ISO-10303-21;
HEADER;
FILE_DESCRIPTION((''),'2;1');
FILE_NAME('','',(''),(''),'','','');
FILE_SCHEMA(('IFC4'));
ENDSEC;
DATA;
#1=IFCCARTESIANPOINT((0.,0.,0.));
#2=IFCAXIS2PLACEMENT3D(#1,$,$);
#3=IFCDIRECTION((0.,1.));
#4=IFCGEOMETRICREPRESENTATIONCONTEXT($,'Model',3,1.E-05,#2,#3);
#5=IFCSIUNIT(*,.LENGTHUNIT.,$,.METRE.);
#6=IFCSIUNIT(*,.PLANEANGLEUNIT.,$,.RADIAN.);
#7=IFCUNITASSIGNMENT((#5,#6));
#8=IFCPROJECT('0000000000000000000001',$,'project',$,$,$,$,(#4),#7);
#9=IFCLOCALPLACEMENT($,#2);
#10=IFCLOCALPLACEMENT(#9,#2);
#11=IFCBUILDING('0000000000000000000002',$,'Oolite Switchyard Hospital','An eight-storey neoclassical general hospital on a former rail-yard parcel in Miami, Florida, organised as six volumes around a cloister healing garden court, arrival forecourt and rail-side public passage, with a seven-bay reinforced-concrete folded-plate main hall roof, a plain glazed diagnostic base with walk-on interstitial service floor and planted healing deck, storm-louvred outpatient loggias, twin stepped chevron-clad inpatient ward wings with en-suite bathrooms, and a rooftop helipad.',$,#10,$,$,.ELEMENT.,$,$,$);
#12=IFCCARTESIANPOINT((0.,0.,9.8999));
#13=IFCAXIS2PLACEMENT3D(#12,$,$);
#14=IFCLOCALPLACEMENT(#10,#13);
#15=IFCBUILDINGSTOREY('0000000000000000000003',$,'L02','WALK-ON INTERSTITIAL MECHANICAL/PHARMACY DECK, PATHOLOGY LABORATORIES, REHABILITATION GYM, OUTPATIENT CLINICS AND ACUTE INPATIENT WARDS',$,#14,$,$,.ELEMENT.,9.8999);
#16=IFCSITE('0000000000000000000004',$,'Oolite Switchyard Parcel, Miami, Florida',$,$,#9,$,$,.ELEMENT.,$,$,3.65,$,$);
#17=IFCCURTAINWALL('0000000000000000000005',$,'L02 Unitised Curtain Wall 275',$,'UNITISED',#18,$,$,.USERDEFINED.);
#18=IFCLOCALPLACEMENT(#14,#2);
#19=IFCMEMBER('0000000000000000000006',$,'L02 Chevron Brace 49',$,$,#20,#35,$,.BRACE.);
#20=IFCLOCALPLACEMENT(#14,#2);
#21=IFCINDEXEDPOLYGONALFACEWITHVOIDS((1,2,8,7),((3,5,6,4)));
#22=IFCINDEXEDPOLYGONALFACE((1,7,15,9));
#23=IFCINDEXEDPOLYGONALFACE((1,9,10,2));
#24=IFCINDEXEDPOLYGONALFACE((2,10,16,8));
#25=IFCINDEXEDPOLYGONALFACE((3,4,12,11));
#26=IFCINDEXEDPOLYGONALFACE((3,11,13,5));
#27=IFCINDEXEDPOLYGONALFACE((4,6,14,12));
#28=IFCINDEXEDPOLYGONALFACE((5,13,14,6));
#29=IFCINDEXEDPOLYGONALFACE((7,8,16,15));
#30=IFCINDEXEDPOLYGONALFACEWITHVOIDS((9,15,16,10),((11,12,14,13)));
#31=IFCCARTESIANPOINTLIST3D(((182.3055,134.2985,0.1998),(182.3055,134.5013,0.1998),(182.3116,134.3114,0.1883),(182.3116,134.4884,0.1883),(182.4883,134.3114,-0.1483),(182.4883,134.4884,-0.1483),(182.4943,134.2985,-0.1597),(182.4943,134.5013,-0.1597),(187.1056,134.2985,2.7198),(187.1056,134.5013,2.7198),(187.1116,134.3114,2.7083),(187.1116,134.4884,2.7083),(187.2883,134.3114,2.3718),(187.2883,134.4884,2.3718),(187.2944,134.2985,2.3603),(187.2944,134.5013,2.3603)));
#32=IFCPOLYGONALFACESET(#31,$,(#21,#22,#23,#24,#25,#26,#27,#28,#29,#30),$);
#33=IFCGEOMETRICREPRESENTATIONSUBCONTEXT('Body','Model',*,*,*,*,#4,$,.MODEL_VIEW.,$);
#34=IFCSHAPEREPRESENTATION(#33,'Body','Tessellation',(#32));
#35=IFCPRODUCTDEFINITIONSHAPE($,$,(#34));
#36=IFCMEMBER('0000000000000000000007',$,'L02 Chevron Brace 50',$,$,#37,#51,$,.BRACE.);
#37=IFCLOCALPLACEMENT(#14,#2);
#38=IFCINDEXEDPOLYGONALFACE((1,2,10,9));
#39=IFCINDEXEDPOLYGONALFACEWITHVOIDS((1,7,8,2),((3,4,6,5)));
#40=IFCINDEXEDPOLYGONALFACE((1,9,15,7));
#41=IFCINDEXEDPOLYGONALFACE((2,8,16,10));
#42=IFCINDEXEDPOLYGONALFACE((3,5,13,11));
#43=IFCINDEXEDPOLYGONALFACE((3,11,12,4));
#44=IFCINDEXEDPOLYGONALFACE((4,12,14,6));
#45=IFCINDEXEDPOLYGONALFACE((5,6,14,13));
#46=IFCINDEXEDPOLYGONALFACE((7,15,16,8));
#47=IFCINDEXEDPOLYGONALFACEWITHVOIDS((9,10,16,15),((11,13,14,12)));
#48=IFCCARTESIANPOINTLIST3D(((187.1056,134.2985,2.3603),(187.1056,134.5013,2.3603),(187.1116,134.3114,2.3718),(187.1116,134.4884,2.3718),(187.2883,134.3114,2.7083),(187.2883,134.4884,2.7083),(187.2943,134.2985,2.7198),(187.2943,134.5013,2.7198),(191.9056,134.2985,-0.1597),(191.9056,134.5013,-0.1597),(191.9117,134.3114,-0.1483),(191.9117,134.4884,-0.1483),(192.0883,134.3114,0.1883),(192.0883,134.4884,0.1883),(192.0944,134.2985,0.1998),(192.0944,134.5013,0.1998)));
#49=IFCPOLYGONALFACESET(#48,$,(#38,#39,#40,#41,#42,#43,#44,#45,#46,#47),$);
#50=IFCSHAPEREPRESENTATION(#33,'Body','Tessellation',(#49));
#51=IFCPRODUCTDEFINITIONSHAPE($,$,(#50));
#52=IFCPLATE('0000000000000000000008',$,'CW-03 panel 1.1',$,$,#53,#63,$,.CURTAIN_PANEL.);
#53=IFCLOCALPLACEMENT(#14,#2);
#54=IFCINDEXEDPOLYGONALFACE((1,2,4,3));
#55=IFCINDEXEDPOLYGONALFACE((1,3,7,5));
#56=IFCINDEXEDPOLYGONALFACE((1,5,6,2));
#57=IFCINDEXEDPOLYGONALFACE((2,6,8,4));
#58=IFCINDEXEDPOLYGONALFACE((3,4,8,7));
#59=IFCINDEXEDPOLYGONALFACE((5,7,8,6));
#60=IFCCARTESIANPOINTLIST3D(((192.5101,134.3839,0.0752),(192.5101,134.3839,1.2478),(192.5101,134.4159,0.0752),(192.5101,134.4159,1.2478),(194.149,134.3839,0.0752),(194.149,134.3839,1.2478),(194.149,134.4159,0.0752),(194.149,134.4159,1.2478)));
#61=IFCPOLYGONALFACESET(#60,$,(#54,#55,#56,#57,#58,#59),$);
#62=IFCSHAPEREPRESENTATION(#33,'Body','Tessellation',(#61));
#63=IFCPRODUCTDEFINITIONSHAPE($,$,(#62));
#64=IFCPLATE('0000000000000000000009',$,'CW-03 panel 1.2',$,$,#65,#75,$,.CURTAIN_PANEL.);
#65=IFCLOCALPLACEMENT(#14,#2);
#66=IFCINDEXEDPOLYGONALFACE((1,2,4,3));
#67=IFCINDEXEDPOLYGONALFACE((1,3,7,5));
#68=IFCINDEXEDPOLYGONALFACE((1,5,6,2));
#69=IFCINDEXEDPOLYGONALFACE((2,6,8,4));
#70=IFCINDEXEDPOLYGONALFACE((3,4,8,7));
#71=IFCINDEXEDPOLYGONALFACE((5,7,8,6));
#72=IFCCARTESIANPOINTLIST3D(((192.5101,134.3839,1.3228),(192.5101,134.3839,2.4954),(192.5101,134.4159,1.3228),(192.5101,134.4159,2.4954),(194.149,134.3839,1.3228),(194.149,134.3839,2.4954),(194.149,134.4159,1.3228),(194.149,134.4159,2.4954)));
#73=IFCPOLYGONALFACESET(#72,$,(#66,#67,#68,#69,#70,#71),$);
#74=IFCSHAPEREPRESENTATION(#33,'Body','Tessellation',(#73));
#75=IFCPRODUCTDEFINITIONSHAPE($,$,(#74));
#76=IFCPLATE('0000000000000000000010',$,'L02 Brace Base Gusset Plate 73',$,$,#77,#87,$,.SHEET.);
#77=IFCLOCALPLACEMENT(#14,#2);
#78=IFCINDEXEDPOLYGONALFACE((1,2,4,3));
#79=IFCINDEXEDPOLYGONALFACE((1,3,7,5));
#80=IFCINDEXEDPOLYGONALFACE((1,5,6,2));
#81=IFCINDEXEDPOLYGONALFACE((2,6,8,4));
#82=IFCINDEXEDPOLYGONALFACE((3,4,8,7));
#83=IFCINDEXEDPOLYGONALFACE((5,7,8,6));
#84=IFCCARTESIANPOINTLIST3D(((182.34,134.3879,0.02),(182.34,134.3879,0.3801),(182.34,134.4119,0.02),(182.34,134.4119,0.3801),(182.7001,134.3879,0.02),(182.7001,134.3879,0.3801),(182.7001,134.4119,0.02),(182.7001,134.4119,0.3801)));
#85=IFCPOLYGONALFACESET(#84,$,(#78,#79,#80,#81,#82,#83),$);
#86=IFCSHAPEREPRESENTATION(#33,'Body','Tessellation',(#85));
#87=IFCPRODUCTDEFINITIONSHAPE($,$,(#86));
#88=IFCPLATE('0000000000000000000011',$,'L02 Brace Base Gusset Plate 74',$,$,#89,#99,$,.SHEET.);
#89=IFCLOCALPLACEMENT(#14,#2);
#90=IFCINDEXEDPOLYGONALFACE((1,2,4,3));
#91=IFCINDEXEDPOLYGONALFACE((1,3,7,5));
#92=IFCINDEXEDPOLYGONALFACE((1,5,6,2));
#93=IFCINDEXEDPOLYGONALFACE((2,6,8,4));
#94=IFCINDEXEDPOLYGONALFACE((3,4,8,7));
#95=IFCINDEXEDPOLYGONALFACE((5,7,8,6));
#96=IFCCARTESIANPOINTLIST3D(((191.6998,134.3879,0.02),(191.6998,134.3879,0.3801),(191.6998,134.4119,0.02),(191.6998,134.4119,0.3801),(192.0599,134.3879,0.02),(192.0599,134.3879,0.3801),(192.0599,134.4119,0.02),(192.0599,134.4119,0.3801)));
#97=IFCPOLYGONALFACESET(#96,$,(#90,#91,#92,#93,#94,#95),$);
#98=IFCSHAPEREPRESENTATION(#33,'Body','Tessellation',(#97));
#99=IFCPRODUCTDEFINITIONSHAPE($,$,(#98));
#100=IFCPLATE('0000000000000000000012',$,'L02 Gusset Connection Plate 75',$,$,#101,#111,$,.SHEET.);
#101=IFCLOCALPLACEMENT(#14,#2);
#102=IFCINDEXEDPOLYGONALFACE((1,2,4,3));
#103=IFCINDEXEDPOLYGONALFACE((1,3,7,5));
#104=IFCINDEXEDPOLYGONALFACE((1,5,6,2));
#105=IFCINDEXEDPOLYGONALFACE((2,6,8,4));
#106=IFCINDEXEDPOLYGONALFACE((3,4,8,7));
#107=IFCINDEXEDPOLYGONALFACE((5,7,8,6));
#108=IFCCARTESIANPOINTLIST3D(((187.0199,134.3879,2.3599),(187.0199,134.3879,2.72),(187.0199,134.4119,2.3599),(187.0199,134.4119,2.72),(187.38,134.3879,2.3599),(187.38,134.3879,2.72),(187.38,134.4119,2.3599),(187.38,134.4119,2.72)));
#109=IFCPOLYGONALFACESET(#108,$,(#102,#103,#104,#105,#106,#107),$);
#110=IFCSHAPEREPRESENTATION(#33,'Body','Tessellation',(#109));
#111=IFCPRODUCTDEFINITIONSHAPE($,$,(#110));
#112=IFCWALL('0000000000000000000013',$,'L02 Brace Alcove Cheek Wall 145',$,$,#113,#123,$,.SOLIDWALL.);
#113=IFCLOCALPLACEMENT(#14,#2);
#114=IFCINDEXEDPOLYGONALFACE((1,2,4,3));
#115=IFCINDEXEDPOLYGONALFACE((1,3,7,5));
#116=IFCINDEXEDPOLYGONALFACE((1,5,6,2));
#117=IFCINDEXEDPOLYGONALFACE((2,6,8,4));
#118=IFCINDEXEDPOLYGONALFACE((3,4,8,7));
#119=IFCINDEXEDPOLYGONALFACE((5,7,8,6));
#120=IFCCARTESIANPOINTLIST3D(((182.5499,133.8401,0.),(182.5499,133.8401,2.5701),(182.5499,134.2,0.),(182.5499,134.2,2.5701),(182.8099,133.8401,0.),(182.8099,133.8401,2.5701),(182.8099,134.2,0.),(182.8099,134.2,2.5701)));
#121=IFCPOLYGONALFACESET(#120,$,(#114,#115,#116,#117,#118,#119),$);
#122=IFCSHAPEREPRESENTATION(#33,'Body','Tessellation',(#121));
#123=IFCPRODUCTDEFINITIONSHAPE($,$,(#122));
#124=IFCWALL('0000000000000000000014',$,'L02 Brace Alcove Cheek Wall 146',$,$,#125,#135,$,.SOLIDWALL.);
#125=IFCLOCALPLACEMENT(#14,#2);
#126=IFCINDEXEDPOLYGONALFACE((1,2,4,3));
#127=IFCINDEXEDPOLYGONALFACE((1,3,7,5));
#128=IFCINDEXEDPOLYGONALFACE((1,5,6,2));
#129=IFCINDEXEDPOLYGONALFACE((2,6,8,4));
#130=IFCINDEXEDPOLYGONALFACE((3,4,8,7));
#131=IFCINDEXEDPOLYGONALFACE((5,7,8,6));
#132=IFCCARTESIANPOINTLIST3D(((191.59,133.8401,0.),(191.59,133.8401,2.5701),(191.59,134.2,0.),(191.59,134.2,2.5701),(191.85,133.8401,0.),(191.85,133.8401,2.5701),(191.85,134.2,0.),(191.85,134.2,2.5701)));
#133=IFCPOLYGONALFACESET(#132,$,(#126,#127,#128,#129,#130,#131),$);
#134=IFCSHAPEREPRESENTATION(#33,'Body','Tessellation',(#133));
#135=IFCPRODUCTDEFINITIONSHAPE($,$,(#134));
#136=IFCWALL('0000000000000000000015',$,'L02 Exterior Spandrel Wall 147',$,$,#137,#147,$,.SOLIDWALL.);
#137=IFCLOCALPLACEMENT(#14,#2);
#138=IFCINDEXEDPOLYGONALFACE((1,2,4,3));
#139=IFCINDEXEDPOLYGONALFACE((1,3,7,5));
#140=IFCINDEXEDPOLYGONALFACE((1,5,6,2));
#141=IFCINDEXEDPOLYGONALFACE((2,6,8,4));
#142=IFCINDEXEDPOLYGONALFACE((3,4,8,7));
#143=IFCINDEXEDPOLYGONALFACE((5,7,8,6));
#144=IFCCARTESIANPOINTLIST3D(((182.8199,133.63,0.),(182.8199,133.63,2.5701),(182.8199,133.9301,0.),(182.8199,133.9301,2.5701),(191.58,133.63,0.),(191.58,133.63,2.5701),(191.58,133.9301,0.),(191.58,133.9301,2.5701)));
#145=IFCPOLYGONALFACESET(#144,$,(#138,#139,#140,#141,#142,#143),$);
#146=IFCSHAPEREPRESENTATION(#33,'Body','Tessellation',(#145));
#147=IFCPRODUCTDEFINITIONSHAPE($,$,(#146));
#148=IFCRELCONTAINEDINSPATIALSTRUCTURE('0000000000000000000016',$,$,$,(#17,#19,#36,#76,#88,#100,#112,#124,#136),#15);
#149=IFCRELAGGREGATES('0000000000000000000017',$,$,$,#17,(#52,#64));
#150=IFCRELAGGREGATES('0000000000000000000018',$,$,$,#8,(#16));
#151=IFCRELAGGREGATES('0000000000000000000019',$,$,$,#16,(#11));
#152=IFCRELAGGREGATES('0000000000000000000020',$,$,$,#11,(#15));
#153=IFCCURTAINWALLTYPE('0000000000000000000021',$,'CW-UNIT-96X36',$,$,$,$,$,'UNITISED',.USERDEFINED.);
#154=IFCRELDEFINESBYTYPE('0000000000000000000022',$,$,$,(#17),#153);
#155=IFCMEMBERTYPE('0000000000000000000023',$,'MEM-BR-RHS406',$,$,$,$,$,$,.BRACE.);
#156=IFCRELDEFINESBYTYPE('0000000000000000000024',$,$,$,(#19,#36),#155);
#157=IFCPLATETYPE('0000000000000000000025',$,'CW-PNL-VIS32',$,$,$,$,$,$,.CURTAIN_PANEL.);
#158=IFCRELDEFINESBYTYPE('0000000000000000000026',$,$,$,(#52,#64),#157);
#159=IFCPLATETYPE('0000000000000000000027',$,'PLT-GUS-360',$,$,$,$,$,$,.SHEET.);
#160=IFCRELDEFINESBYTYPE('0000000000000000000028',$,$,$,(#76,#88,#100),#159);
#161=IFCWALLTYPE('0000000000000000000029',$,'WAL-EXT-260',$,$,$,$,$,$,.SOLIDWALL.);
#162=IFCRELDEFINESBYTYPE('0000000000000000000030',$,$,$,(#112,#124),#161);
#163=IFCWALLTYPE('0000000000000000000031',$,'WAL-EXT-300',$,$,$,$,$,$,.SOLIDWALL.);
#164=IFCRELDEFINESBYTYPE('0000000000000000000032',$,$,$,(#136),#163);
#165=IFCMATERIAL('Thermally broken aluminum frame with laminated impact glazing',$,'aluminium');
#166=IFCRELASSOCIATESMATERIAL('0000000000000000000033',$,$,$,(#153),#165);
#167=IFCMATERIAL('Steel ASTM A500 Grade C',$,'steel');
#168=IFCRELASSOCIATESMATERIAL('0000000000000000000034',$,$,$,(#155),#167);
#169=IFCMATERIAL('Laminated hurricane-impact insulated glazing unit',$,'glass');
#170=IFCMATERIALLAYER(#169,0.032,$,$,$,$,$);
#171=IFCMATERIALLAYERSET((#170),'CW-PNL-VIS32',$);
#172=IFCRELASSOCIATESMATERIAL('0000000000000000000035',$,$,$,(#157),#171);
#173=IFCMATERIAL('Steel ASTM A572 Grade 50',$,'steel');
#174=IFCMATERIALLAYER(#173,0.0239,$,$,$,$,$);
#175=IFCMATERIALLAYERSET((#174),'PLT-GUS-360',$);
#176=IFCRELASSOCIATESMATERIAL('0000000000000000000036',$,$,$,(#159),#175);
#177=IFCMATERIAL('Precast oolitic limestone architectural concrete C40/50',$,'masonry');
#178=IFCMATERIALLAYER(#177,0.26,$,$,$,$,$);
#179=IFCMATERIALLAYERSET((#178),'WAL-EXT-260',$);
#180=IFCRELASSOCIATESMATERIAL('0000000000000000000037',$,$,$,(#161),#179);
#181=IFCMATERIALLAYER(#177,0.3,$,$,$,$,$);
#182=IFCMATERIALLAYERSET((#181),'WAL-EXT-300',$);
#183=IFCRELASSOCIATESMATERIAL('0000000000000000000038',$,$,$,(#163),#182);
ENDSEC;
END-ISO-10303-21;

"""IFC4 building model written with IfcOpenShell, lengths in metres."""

from ifc_helpers import new_model, si_unit, direction, frame, frame_2d, origin, origin_2d, place, context, subcontext, project, spatial, rectangle, hollow_rectangle, extrude, material, layer, layer_set, material_profile, profile_set, type_object, element, aggregate, save


model = new_model("IFC4")

# Units and contexts
model_context = context("Model", 3, precision=1e-05, world=origin(), true_north=direction((0.0, 1.0)))
body_context = subcontext(model_context, "Body", "Model", "MODEL_VIEW")
ifc_project = project(units=[si_unit("LENGTHUNIT", "METRE"), si_unit("PLANEANGLEUNIT", "RADIAN")], contexts=[model_context])

# Site, building, storey
site_placement = place(None, origin())
site = spatial("IfcSite", under=ifc_project, at=site_placement, Name="Oolite Switchyard Parcel, Miami, Florida", CompositionType="ELEMENT", RefElevation=3.65)
building_placement = place(site_placement, origin())
building = spatial("IfcBuilding", under=site, at=building_placement, Name="Oolite Switchyard Hospital", Description="An eight-storey neoclassical general hospital on a former rail-yard parcel in Miami, Florida, organised as six volumes around a cloister healing garden court, arrival forecourt and rail-side public passage, with a seven-bay reinforced-concrete folded-plate main hall roof, a plain glazed diagnostic base with walk-on interstitial service floor and planted healing deck, storm-louvred outpatient loggias, twin stepped chevron-clad inpatient ward wings with en-suite bathrooms, and a rooftop helipad.", CompositionType="ELEMENT")
storey_placement = place(building_placement, frame((0.0, 0.0, 9.8999)))
storey = spatial("IfcBuildingStorey", under=building, at=storey_placement, Name="L02", Description="WALK-ON INTERSTITIAL MECHANICAL/PHARMACY DECK, PATHOLOGY LABORATORIES, REHABILITATION GYM, OUTPATIENT CLINICS AND ACUTE INPATIENT WARDS", CompositionType="ELEMENT", Elevation=9.8999)

# Shared definitions
ifc_material_1 = material(Name="Thermally broken aluminum frame with laminated impact glazing", Category="aluminium")
curtain_wall_type = type_object("IfcCurtainWallType", Name="CW-UNIT-96X36", ElementType="UNITISED", PredefinedType="USERDEFINED", material=ifc_material_1)

# Curtain wall
curtain_wall_1_placement = place(storey_placement, origin())
curtain_wall_1 = element("IfcCurtainWall", 1, at=curtain_wall_1_placement, inside=storey, type_object=curtain_wall_type, Name="L02 Unitised Curtain Wall 275", ObjectType="UNITISED", PredefinedType="USERDEFINED")

# Members
ifc_material_2 = material(Name="Steel ASTM A500 Grade C", Category="steel")
ifc_material_profile_1 = material_profile(ifc_material_2, hollow_rectangle(XDim=0.2029, YDim=0.406, WallThickness=0.0129, at=origin_2d()), Name="HSS406X203X13")
ifc_profile_set_1 = profile_set([ifc_material_profile_1], Name="Steel ASTM A500 Grade C")
member_type_1 = type_object("IfcMemberType", Name="MEM-BR-RHS406", PredefinedType="BRACE", material=ifc_profile_set_1)
for number, where, z_axis, x_axis, name in (
    (2, (182.3999, 134.3999, 0.02), (0.885398, 0.0, 0.464833), (0.0, 1.0, 0.0), "L02 Chevron Brace 49"),
    (3, (192.0, 134.3999, 0.02), (-0.885398, 0.0, 0.464833), (0.0, -1.0, 0.0), "L02 Chevron Brace 50"),
):
    element("IfcMember", number, at=place(storey_placement, frame(where, z_axis=z_axis, x_axis=x_axis)), inside=storey, type_object=member_type_1, Name=name, PredefinedType="BRACE", context=body_context, shape_type="SweptSolid", body=[
        extrude(hollow_rectangle(XDim=0.2029, YDim=0.406, WallThickness=0.0129, at=origin_2d()), origin(), (0.0, 0.0, 1.0), 5.4214),
    ])

# Plates
ifc_material_3 = material(Name="Laminated hurricane-impact insulated glazing unit", Category="glass")
ifc_layer_1 = layer(ifc_material_3, 0.032)
ifc_layer_set_1 = layer_set([ifc_layer_1], Name="CW-PNL-VIS32")
plate_type_1 = type_object("IfcPlateType", Name="CW-PNL-VIS32", PredefinedType="CURTAIN_PANEL", material=ifc_layer_set_1)
plate_1_placement = place(storey_placement, frame((193.3296, 134.3999, 0.0752), z_axis=(0.0, 0.0, 1.0), x_axis=(1.0, 0.0, 0.0)))
plate_1 = element("IfcPlate", 4, at=plate_1_placement, type_object=plate_type_1, Name="CW-03 panel 1.1", PredefinedType="CURTAIN_PANEL", context=body_context, shape_type="SweptSolid", body=[
    extrude(rectangle(XDim=1.6389, YDim=0.032, at=origin_2d()), origin(), (0.0, 0.0, 1.0), 1.1726),
])
plate_2_placement = place(storey_placement, frame((193.3296, 134.3999, 1.3228), z_axis=(0.0, 0.0, 1.0), x_axis=(1.0, 0.0, 0.0)))
plate_2 = element("IfcPlate", 5, at=plate_2_placement, type_object=plate_type_1, Name="CW-03 panel 1.2", PredefinedType="CURTAIN_PANEL", context=body_context, shape_type="SweptSolid", body=[
    extrude(rectangle(XDim=1.6389, YDim=0.032, at=origin_2d()), origin(), (0.0, 0.0, 1.0), 1.1726),
])
aggregate(curtain_wall_1, [plate_1, plate_2])

# Plates
ifc_material_4 = material(Name="Steel ASTM A572 Grade 50", Category="steel")
ifc_layer_2 = layer(ifc_material_4, 0.0239)
ifc_layer_set_2 = layer_set([ifc_layer_2], Name="PLT-GUS-360")
plate_type_2 = type_object("IfcPlateType", Name="PLT-GUS-360", PredefinedType="SHEET", material=ifc_layer_set_2)
for number, where, z_axis, x_axis, name in (
    (6, (182.52, 134.3999, 0.02), (0.0, 0.0, 1.0), (1.0, 0.0, 0.0), "L02 Brace Base Gusset Plate 73"),
    (7, (191.8799, 134.3999, 0.02), (0.0, 0.0, 1.0), (1.0, 0.0, 0.0), "L02 Brace Base Gusset Plate 74"),
    (8, (187.2, 134.3999, 2.3599), (0.0, 0.0, 1.0), (1.0, 0.0, 0.0), "L02 Gusset Connection Plate 75"),
):
    element("IfcPlate", number, at=place(storey_placement, frame(where, z_axis=z_axis, x_axis=x_axis)), inside=storey, type_object=plate_type_2, Name=name, PredefinedType="SHEET", context=body_context, shape_type="SweptSolid", body=[
        extrude(rectangle(XDim=0.3601, YDim=0.0239, at=origin_2d()), origin(), (0.0, 0.0, 1.0), 0.3601),
    ])

# Walls
ifc_material_5 = material(Name="Precast oolitic limestone architectural concrete C40/50", Category="masonry")
ifc_layer_3 = layer(ifc_material_5, 0.26)
ifc_layer_set_3 = layer_set([ifc_layer_3], Name="WAL-EXT-260")
wall_type_1 = type_object("IfcWallType", Name="WAL-EXT-260", PredefinedType="SOLIDWALL", material=ifc_layer_set_3)
for number, where, z_axis, x_axis, name in (
    (9, (182.6799, 134.2, 0.0), (0.0, 0.0, 1.0), (0.0, -1.0, 0.0), "L02 Brace Alcove Cheek Wall 145"),
    (10, (191.72, 134.2, 0.0), (0.0, 0.0, 1.0), (0.0, -1.0, 0.0), "L02 Brace Alcove Cheek Wall 146"),
):
    element("IfcWall", number, at=place(storey_placement, frame(where, z_axis=z_axis, x_axis=x_axis)), inside=storey, type_object=wall_type_1, Name=name, PredefinedType="SOLIDWALL", context=body_context, shape_type="SweptSolid", body=[
        extrude(rectangle(XDim=0.3599, YDim=0.26, at=frame_2d((0.1799, 0.0))), origin(), (0.0, 0.0, 1.0), 2.5701),
    ])
ifc_layer_4 = layer(ifc_material_5, 0.3)
ifc_layer_set_4 = layer_set([ifc_layer_4], Name="WAL-EXT-300")
wall_type_2 = type_object("IfcWallType", Name="WAL-EXT-300", PredefinedType="SOLIDWALL", material=ifc_layer_set_4)
wall_placement = place(storey_placement, frame((182.8201, 133.78, 0.0), z_axis=(0.0, 0.0, 1.0), x_axis=(1.0, 0.0, 0.0)))
element("IfcWall", 11, at=wall_placement, inside=storey, type_object=wall_type_2, Name="L02 Exterior Spandrel Wall 147", PredefinedType="SOLIDWALL", context=body_context, shape_type="SweptSolid", body=[
    extrude(rectangle(XDim=8.76, YDim=0.3, at=frame_2d((4.3799, 0.0))), origin(), (0.0, 0.0, 1.0), 2.5701),
])

save(model, "model.ifc")
